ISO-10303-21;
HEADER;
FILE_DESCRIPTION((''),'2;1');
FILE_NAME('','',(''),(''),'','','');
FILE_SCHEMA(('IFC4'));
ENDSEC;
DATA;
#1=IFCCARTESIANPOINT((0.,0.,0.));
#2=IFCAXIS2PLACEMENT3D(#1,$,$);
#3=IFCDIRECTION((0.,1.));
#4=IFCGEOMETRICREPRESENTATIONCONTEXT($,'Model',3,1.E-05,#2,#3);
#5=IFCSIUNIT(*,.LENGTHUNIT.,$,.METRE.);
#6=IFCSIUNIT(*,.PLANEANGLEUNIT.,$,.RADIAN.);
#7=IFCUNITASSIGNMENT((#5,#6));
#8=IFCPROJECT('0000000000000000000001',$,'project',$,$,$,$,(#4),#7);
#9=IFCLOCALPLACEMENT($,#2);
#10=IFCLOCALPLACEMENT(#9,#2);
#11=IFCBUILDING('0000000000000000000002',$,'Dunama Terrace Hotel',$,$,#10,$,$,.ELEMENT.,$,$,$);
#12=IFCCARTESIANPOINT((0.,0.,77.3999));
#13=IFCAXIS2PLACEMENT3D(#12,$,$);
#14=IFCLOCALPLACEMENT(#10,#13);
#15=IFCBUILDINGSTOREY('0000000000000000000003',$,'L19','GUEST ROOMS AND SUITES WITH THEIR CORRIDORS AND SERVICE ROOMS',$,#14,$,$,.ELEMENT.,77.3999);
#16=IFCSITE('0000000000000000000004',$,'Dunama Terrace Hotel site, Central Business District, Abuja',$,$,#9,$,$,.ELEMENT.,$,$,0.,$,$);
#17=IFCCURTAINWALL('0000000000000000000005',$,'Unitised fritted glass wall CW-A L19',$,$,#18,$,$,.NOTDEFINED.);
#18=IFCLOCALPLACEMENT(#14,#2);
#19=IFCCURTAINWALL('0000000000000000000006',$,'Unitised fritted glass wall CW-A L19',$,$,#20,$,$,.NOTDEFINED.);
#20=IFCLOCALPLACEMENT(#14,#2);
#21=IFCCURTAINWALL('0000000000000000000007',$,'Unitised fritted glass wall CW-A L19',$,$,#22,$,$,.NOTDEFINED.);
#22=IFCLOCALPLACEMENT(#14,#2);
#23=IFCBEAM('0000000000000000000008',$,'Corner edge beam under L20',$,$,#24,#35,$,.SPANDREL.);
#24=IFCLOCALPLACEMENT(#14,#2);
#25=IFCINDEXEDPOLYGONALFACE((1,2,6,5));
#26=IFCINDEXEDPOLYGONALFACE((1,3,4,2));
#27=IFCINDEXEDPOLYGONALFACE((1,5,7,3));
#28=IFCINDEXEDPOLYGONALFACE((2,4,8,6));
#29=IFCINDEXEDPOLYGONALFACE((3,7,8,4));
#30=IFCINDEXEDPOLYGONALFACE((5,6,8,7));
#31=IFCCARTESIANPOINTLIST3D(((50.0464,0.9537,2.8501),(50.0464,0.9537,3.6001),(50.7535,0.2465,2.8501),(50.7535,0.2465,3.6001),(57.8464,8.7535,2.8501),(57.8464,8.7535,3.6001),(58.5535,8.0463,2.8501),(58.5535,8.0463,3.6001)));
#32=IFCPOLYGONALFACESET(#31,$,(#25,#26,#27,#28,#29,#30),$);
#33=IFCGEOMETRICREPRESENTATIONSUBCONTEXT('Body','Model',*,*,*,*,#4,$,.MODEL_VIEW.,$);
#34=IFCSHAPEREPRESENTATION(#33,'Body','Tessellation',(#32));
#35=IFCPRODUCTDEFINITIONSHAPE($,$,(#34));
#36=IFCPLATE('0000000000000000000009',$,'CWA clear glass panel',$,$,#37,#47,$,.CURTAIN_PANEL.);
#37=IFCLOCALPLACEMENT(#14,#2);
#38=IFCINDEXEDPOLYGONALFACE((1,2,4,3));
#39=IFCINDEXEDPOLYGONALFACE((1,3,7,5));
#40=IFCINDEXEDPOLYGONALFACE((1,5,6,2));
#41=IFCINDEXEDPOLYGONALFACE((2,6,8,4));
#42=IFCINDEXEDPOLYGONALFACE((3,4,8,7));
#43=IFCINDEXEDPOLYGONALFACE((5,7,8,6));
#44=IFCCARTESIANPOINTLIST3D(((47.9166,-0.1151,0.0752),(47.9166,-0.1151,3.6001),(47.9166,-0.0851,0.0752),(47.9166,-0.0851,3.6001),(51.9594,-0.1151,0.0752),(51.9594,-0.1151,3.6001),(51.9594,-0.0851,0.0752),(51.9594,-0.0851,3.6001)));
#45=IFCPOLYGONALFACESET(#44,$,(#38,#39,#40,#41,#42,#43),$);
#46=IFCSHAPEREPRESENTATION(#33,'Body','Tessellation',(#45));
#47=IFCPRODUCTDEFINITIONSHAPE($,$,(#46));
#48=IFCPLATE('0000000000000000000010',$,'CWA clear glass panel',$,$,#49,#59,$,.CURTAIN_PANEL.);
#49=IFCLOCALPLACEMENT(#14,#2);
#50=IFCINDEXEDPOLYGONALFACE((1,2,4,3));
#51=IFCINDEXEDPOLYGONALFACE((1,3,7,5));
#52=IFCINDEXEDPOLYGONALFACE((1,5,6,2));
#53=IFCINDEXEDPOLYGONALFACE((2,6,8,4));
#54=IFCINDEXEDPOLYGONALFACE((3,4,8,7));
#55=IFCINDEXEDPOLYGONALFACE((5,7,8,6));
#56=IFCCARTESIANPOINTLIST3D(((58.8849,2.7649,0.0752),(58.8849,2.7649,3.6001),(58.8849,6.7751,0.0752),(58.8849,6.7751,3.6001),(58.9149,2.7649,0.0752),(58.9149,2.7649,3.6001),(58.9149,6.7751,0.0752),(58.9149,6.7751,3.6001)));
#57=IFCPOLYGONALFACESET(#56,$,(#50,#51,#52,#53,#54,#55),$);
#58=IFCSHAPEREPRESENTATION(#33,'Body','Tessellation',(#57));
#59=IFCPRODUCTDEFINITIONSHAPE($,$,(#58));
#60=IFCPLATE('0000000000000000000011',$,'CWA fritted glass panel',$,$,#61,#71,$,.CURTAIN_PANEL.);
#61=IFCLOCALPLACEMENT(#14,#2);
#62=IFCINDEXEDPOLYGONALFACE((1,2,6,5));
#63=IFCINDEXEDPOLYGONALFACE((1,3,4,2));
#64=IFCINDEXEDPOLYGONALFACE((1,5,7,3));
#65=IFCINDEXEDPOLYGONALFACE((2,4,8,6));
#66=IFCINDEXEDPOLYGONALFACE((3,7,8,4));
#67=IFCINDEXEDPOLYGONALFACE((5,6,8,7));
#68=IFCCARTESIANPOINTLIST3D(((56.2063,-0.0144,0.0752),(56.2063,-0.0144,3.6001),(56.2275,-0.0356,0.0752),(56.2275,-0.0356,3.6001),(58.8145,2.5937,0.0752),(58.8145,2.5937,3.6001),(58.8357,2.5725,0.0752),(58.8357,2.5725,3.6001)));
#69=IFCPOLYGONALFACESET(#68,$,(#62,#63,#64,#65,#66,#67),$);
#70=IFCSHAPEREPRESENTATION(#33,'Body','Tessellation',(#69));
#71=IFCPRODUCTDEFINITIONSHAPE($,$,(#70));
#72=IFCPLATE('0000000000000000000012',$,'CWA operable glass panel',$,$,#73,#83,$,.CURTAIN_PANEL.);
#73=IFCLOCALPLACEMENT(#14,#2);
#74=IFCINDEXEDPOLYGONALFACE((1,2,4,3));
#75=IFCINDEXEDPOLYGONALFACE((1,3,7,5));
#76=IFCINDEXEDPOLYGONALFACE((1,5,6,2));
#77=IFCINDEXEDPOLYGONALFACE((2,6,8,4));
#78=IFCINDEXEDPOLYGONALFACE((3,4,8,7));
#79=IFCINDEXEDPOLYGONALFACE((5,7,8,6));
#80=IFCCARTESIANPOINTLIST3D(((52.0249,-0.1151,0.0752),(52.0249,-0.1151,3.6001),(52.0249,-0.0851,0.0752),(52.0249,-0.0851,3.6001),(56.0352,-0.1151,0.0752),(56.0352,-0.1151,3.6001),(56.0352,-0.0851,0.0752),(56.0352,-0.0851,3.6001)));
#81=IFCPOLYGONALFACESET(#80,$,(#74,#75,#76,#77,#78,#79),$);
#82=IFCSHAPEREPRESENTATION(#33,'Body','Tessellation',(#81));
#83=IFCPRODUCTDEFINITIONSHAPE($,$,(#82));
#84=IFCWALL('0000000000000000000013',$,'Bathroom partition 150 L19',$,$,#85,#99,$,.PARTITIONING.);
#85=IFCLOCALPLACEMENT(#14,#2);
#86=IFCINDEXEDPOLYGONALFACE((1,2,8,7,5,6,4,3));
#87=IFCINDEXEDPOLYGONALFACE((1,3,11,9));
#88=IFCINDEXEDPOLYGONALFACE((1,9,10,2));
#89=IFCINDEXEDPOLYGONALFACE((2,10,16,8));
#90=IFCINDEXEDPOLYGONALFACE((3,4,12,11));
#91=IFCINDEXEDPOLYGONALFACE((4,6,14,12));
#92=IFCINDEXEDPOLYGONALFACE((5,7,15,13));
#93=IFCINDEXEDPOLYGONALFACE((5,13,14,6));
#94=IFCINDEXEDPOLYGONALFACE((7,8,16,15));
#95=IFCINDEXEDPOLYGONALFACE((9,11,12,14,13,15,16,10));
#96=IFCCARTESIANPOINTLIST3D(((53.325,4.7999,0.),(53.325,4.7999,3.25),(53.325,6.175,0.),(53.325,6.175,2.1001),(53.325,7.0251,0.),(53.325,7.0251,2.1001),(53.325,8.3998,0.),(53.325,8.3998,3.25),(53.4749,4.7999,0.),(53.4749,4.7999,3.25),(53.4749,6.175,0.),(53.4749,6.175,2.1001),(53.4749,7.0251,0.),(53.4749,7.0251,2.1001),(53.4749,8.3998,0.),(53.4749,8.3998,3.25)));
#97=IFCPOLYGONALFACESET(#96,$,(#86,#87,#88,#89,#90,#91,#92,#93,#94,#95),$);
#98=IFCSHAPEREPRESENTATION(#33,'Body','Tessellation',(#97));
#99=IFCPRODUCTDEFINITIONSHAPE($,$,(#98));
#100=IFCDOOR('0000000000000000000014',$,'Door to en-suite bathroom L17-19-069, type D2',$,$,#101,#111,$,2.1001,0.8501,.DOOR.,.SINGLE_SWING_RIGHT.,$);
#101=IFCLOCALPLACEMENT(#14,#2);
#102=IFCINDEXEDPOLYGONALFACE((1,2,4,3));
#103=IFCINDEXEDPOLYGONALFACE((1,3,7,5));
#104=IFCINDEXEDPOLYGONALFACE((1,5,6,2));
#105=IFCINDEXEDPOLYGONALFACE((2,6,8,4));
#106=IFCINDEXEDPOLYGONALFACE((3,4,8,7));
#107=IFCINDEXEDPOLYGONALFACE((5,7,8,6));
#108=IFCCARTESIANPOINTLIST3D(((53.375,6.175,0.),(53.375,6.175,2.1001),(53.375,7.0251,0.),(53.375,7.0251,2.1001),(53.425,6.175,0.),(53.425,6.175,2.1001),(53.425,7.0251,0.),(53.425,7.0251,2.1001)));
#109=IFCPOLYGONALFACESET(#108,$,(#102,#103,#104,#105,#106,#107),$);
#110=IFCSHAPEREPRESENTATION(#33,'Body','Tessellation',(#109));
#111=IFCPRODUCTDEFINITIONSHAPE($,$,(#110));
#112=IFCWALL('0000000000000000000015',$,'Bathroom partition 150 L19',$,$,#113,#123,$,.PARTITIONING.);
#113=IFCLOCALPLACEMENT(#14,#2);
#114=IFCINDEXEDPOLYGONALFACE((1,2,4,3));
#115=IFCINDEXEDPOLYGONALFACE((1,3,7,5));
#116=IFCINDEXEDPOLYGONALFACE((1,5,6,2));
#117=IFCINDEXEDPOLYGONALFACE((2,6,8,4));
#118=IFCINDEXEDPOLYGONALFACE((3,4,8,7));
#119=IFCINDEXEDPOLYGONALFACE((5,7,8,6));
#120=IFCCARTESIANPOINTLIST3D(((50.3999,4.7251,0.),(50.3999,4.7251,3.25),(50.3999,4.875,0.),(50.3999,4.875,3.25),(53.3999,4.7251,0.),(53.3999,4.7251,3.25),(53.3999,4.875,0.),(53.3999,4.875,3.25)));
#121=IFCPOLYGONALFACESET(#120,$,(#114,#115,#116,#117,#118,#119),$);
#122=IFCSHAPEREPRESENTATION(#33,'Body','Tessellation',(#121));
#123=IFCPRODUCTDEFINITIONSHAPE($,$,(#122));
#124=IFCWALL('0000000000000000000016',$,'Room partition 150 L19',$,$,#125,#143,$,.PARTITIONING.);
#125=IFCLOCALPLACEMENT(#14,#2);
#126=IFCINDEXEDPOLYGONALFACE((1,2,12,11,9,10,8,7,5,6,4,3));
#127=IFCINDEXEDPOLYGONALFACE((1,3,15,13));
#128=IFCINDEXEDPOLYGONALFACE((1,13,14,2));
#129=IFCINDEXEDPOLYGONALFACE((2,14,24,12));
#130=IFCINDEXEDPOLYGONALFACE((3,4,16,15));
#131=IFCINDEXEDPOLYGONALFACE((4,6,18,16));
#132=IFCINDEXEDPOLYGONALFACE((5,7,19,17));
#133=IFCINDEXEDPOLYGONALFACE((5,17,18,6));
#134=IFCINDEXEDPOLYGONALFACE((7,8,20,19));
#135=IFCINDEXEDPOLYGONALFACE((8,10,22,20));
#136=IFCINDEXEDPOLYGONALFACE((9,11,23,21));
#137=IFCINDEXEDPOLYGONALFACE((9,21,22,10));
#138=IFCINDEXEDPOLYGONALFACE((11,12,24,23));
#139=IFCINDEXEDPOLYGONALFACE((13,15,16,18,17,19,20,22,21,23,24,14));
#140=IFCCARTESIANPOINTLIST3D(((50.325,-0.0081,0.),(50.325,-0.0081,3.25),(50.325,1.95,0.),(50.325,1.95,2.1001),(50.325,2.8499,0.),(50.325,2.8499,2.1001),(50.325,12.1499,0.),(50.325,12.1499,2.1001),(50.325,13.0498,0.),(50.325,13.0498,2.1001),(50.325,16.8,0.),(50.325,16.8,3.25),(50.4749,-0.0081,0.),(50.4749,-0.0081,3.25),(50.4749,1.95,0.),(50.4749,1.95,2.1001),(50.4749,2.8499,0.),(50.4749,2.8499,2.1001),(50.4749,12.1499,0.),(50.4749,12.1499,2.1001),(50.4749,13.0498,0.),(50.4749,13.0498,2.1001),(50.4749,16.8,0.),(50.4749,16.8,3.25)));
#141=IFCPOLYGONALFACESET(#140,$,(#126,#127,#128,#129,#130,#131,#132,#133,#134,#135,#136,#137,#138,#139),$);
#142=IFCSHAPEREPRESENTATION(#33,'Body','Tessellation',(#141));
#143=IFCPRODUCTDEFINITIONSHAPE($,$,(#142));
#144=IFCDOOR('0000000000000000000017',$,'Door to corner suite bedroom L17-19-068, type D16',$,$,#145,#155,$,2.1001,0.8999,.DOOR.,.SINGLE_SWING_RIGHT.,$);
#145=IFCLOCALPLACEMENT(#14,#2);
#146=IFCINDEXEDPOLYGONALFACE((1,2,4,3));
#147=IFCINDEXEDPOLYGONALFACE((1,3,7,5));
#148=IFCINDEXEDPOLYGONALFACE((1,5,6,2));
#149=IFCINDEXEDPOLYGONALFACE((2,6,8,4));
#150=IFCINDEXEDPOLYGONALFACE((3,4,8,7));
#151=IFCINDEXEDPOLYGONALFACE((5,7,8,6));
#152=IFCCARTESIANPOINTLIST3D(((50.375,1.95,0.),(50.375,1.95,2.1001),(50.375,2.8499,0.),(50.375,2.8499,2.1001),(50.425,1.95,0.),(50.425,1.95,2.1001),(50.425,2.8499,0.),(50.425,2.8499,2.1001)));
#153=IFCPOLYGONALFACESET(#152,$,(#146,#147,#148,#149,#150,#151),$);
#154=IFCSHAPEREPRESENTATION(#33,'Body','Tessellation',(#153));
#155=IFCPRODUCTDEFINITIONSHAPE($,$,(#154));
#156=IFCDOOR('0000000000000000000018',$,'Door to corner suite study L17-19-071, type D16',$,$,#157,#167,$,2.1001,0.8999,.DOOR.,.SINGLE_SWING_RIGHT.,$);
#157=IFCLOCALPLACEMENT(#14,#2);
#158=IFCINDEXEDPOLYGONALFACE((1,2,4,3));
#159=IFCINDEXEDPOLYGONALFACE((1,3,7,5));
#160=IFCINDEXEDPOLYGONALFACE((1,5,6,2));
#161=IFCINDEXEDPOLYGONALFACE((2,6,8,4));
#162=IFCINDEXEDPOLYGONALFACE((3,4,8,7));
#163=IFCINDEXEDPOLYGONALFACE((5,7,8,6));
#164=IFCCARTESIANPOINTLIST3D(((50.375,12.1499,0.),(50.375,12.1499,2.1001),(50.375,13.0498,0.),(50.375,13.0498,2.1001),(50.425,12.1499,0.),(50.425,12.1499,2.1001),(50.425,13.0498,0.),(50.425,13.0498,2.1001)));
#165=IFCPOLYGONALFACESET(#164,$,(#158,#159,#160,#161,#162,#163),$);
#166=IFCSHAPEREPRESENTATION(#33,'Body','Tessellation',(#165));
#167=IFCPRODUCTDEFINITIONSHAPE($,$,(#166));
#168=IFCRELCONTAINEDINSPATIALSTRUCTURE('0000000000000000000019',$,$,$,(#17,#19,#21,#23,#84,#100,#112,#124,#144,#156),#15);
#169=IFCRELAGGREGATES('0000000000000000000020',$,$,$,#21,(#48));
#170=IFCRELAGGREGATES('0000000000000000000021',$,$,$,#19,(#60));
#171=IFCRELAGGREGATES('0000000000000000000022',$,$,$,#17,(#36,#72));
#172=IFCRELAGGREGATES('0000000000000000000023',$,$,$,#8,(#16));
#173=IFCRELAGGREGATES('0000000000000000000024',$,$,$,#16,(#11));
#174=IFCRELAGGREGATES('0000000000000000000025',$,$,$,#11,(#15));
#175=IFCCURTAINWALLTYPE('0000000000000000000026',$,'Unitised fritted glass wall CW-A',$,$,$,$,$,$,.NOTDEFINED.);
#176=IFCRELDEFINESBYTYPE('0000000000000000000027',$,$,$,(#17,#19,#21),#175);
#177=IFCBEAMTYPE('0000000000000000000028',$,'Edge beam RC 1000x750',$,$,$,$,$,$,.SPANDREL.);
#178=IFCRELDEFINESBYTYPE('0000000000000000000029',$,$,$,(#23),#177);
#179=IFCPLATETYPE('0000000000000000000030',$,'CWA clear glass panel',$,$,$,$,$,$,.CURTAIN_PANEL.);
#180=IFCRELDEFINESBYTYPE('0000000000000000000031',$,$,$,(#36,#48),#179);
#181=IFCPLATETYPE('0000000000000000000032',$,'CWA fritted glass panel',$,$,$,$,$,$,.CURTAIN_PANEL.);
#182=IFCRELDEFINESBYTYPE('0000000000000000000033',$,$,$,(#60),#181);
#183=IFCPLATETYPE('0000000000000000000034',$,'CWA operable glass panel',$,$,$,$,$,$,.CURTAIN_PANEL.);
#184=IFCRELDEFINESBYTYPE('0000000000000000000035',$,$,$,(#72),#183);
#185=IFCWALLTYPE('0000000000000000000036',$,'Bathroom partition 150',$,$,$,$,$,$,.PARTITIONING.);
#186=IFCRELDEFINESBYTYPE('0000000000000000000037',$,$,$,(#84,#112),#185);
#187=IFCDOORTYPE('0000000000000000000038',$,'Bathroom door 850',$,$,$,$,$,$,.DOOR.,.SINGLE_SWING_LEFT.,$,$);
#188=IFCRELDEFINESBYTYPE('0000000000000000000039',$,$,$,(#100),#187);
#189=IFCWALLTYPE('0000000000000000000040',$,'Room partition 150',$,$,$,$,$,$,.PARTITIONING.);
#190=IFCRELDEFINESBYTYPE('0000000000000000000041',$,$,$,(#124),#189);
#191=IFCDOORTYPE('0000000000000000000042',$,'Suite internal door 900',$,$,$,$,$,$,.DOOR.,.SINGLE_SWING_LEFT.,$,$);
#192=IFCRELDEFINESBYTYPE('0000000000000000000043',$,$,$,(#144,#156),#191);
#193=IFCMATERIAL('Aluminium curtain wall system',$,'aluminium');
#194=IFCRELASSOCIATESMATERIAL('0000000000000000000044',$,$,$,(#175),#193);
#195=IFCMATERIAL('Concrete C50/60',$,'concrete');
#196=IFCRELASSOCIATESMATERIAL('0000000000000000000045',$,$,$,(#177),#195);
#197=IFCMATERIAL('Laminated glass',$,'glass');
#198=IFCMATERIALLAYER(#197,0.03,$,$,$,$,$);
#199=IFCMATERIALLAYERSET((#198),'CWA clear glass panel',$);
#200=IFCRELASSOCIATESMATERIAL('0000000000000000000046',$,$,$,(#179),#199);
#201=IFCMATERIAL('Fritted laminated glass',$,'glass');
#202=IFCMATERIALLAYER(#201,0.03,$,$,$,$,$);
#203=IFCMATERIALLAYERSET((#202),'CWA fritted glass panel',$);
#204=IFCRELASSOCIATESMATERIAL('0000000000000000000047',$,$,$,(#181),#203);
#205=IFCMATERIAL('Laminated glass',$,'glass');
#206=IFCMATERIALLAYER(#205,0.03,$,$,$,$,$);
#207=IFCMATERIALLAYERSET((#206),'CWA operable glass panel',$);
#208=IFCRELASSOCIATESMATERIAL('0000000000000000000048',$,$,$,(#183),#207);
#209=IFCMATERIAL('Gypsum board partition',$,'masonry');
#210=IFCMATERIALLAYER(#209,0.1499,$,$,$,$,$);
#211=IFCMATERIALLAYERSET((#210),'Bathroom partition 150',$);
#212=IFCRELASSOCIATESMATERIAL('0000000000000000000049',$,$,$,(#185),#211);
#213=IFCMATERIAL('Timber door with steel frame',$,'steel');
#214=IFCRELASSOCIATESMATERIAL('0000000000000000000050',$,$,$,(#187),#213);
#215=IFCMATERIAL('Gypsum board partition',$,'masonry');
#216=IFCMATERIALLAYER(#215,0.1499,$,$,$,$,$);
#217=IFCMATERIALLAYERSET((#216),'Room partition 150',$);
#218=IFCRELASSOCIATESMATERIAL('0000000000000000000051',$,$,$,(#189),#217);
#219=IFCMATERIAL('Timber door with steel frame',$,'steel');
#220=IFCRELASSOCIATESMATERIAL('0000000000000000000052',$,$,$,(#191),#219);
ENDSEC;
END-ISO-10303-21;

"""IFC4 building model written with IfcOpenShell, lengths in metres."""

from ifc_helpers import new_model, si_unit, direction, frame, frame_2d, origin, origin_2d, place, context, subcontext, project, spatial, rectangle, extrude, material, layer, layer_set, material_profile, profile_set, type_object, element, fill, aggregate, save


model = new_model("IFC4")

# Units and contexts
model_context = context("Model", 3, precision=1e-05, world=origin(), true_north=direction((0.0, 1.0)))
body_context = subcontext(model_context, "Body", "Model", "MODEL_VIEW")
ifc_project = project(units=[si_unit("LENGTHUNIT", "METRE"), si_unit("PLANEANGLEUNIT", "RADIAN")], contexts=[model_context])

# Site, building, storey
site_placement = place(None, origin())
site = spatial("IfcSite", under=ifc_project, at=site_placement, Name="Dunama Terrace Hotel site, Central Business District, Abuja", CompositionType="ELEMENT", RefElevation=0.0)
building_placement = place(site_placement, origin())
building = spatial("IfcBuilding", under=site, at=building_placement, Name="Dunama Terrace Hotel", CompositionType="ELEMENT")
storey_placement = place(building_placement, frame((0.0, 0.0, 77.3999)))
storey = spatial("IfcBuildingStorey", under=building, at=storey_placement, Name="L19", Description="GUEST ROOMS AND SUITES WITH THEIR CORRIDORS AND SERVICE ROOMS", CompositionType="ELEMENT", Elevation=77.3999)

# Curtain walls
ifc_material_1 = material(Name="Aluminium curtain wall system", Category="aluminium")
curtain_wall_type = type_object("IfcCurtainWallType", Name="Unitised fritted glass wall CW-A", PredefinedType="NOTDEFINED", material=ifc_material_1)
curtain_wall_1_placement = place(storey_placement, origin())
curtain_wall_1 = element("IfcCurtainWall", 1, at=curtain_wall_1_placement, inside=storey, type_object=curtain_wall_type, Name="Unitised fritted glass wall CW-A L19", PredefinedType="NOTDEFINED")
curtain_wall_2_placement = place(storey_placement, origin())
curtain_wall_2 = element("IfcCurtainWall", 2, at=curtain_wall_2_placement, inside=storey, type_object=curtain_wall_type, Name="Unitised fritted glass wall CW-A L19", PredefinedType="NOTDEFINED")
curtain_wall_3_placement = place(storey_placement, origin())
curtain_wall_3 = element("IfcCurtainWall", 3, at=curtain_wall_3_placement, inside=storey, type_object=curtain_wall_type, Name="Unitised fritted glass wall CW-A L19", PredefinedType="NOTDEFINED")

# Beam
ifc_material_2 = material(Name="Concrete C50/60", Category="concrete")
ifc_material_profile_1 = material_profile(ifc_material_2, rectangle(XDim=1.0, YDim=0.75, at=origin_2d()), Name="RC 1000x750")
ifc_profile_set_1 = profile_set([ifc_material_profile_1], Name="Concrete C50/60")
beam_type = type_object("IfcBeamType", Name="Edge beam RC 1000x750", PredefinedType="SPANDREL", material=ifc_profile_set_1)
beam_placement = place(storey_placement, frame((50.3999, 0.6001, 3.2251), z_axis=(0.707118, 0.707096, 0.0), x_axis=(-0.707096, 0.707118, 0.0)))
element("IfcBeam", 4, at=beam_placement, inside=storey, type_object=beam_type, Name="Corner edge beam under L20", PredefinedType="SPANDREL", context=body_context, shape_type="SweptSolid", body=[
    extrude(rectangle(XDim=1.0, YDim=0.75, at=origin_2d()), origin(), (0.0, 0.0, 1.0), 11.0308),
])

# Plates
ifc_material_3 = material(Name="Laminated glass", Category="glass")
ifc_layer_1 = layer(ifc_material_3, 0.03)
ifc_layer_set_1 = layer_set([ifc_layer_1], Name="CWA clear glass panel")
plate_type_1 = type_object("IfcPlateType", Name="CWA clear glass panel", PredefinedType="CURTAIN_PANEL", material=ifc_layer_set_1)
plate_1_placement = place(storey_placement, frame((49.938, -0.1001, 0.0752), z_axis=(0.0, 0.0, 1.0), x_axis=(1.0, 0.0, 0.0)))
plate_1 = element("IfcPlate", 5, at=plate_1_placement, type_object=plate_type_1, Name="CWA clear glass panel", PredefinedType="CURTAIN_PANEL", context=body_context, shape_type="SweptSolid", body=[
    extrude(rectangle(XDim=4.0427, YDim=0.03, at=origin_2d()), origin(), (0.0, 0.0, 1.0), 3.5249),
])
plate_2_placement = place(storey_placement, frame((58.8999, 4.77, 0.0752), z_axis=(0.0, 0.0, 1.0), x_axis=(0.0, 1.0, 0.0)))
plate_2 = element("IfcPlate", 6, at=plate_2_placement, type_object=plate_type_1, Name="CWA clear glass panel", PredefinedType="CURTAIN_PANEL", context=body_context, shape_type="SweptSolid", body=[
    extrude(rectangle(XDim=4.0103, YDim=0.03, at=origin_2d()), origin(), (0.0, 0.0, 1.0), 3.5249),
])
aggregate(curtain_wall_3, [plate_2])
ifc_material_4 = material(Name="Fritted laminated glass", Category="glass")
ifc_layer_2 = layer(ifc_material_4, 0.03)
ifc_layer_set_2 = layer_set([ifc_layer_2], Name="CWA fritted glass panel")
plate_type_2 = type_object("IfcPlateType", Name="CWA fritted glass panel", PredefinedType="CURTAIN_PANEL", material=ifc_layer_set_2)
plate_3_placement = place(storey_placement, frame((57.521, 1.2791, 0.0752), z_axis=(0.0, 0.0, 1.0), x_axis=(0.707107, 0.707107, 0.0)))
plate_3 = element("IfcPlate", 7, at=plate_3_placement, type_object=plate_type_2, Name="CWA fritted glass panel", PredefinedType="CURTAIN_PANEL", context=body_context, shape_type="SweptSolid", body=[
    extrude(rectangle(XDim=3.6885, YDim=0.03, at=origin_2d()), origin(), (0.0, 0.0, 1.0), 3.5249),
])
aggregate(curtain_wall_2, [plate_3])
ifc_material_5 = material(Name="Laminated glass", Category="glass")
ifc_layer_3 = layer(ifc_material_5, 0.03)
ifc_layer_set_3 = layer_set([ifc_layer_3], Name="CWA operable glass panel")
plate_type_3 = type_object("IfcPlateType", Name="CWA operable glass panel", PredefinedType="CURTAIN_PANEL", material=ifc_layer_set_3)
plate_4_placement = place(storey_placement, frame((54.03, -0.1001, 0.0752), z_axis=(0.0, 0.0, 1.0), x_axis=(1.0, 0.0, 0.0)))
plate_4 = element("IfcPlate", 8, at=plate_4_placement, type_object=plate_type_3, Name="CWA operable glass panel", PredefinedType="CURTAIN_PANEL", context=body_context, shape_type="SweptSolid", body=[
    extrude(rectangle(XDim=4.0103, YDim=0.03, at=origin_2d()), origin(), (0.0, 0.0, 1.0), 3.5249),
])
aggregate(curtain_wall_1, [plate_1, plate_4])

# Wall, opening, door
ifc_material_6 = material(Name="Gypsum board partition", Category="masonry")
ifc_layer_4 = layer(ifc_material_6, 0.1499)
ifc_layer_set_4 = layer_set([ifc_layer_4], Name="Bathroom partition 150")
wall_type_1 = type_object("IfcWallType", Name="Bathroom partition 150", PredefinedType="PARTITIONING", material=ifc_layer_set_4)
wall_1_placement = place(storey_placement, frame((53.3999, 4.8, 0.0), z_axis=(0.0, 0.0, 1.0), x_axis=(0.0, 1.0, 0.0)))
wall_1 = element("IfcWall", 9, at=wall_1_placement, inside=storey, type_object=wall_type_1, Name="Bathroom partition 150 L19", PredefinedType="PARTITIONING", context=body_context, shape_type="SweptSolid", body=[
    extrude(rectangle(XDim=3.5999, YDim=0.1499, at=frame_2d((1.7998, 0.0))), origin(), (0.0, 0.0, 1.0), 3.25),
])
opening_1_placement = place(wall_1_placement, frame((1.375, 0.0, 0.0)))
opening_1 = element("IfcOpeningElement", 10, at=opening_1_placement, cuts=wall_1, PredefinedType="OPENING", context=body_context, shape_type="SweptSolid", body=[
    extrude(rectangle(XDim=0.8501, YDim=2.1001, at=frame_2d((0.425, 1.05))), frame((0.0, 0.085, 0.0), z_axis=(0.0, -1.0, 0.0), x_axis=(1.0, 0.0, 0.0)), (0.0, 0.0, 1.0), 0.1699),
])
ifc_material_7 = material(Name="Timber door with steel frame", Category="steel")
door_type_1 = type_object("IfcDoorType", Name="Bathroom door 850", OperationType="SINGLE_SWING_LEFT", PredefinedType="DOOR", material=ifc_material_7)
door_1_placement = place(opening_1_placement, origin())
door_1 = element("IfcDoor", 11, at=door_1_placement, inside=storey, type_object=door_type_1, Name="Door to en-suite bathroom L17-19-069, type D2", OperationType="SINGLE_SWING_RIGHT", OverallHeight=2.1001, OverallWidth=0.8501, PredefinedType="DOOR", context=body_context, shape_type="SweptSolid", body=[
    extrude(rectangle(XDim=0.8501, YDim=2.1001, at=frame_2d((0.425, 1.05))), frame((0.0, 0.0249, 0.0), z_axis=(0.0, -1.0, 0.0), x_axis=(1.0, 0.0, 0.0)), (0.0, 0.0, 1.0), 0.05),
])
fill(opening_1, door_1)

# Wall
wall_2_placement = place(storey_placement, frame((50.3999, 4.8, 0.0), z_axis=(0.0, 0.0, 1.0), x_axis=(1.0, 0.0, 0.0)))
element("IfcWall", 12, at=wall_2_placement, inside=storey, type_object=wall_type_1, Name="Bathroom partition 150 L19", PredefinedType="PARTITIONING", context=body_context, shape_type="SweptSolid", body=[
    extrude(rectangle(XDim=3.0, YDim=0.1499, at=frame_2d((1.5, 0.0))), origin(), (0.0, 0.0, 1.0), 3.25),
])

# Wall, openings, doors
ifc_material_8 = material(Name="Gypsum board partition", Category="masonry")
ifc_layer_5 = layer(ifc_material_8, 0.1499)
ifc_layer_set_5 = layer_set([ifc_layer_5], Name="Room partition 150")
wall_type_2 = type_object("IfcWallType", Name="Room partition 150", PredefinedType="PARTITIONING", material=ifc_layer_set_5)
wall_3_placement = place(storey_placement, frame((50.3999, -0.0081, 0.0), z_axis=(0.0, 0.0, 1.0), x_axis=(0.0, 1.0, 0.0)))
wall_3 = element("IfcWall", 13, at=wall_3_placement, inside=storey, type_object=wall_type_2, Name="Room partition 150 L19", PredefinedType="PARTITIONING", context=body_context, shape_type="SweptSolid", body=[
    extrude(rectangle(XDim=16.8081, YDim=0.1499, at=frame_2d((8.4041, 0.0))), origin(), (0.0, 0.0, 1.0), 3.25),
])
opening_2_placement = place(wall_3_placement, frame((1.958, 0.0, 0.0)))
opening_2 = element("IfcOpeningElement", 14, at=opening_2_placement, cuts=wall_3, PredefinedType="OPENING", context=body_context, shape_type="SweptSolid", body=[
    extrude(rectangle(XDim=0.8999, YDim=2.1001, at=frame_2d((0.45, 1.05))), frame((0.0, 0.085, 0.0), z_axis=(0.0, -1.0, 0.0), x_axis=(1.0, 0.0, 0.0)), (0.0, 0.0, 1.0), 0.1699),
])
opening_3_placement = place(wall_3_placement, frame((12.158, 0.0, 0.0)))
opening_3 = element("IfcOpeningElement", 15, at=opening_3_placement, cuts=wall_3, PredefinedType="OPENING", context=body_context, shape_type="SweptSolid", body=[
    extrude(rectangle(XDim=0.8999, YDim=2.1001, at=frame_2d((0.45, 1.05))), frame((0.0, 0.085, 0.0), z_axis=(0.0, -1.0, 0.0), x_axis=(1.0, 0.0, 0.0)), (0.0, 0.0, 1.0), 0.1699),
])
ifc_material_9 = material(Name="Timber door with steel frame", Category="steel")
door_type_2 = type_object("IfcDoorType", Name="Suite internal door 900", OperationType="SINGLE_SWING_LEFT", PredefinedType="DOOR", material=ifc_material_9)
door_2_placement = place(opening_2_placement, frame((0.8999, 0.0, 0.0), z_axis=(0.0, 0.0, 1.0), x_axis=(-1.0, 0.0, 0.0)))
door_2 = element("IfcDoor", 16, at=door_2_placement, inside=storey, type_object=door_type_2, Name="Door to corner suite bedroom L17-19-068, type D16", OperationType="SINGLE_SWING_RIGHT", OverallHeight=2.1001, OverallWidth=0.8999, PredefinedType="DOOR", context=body_context, shape_type="SweptSolid", body=[
    extrude(rectangle(XDim=0.8999, YDim=2.1001, at=frame_2d((0.45, 1.05))), frame((0.0, 0.0251, 0.0), z_axis=(0.0, -1.0, 0.0), x_axis=(1.0, 0.0, 0.0)), (0.0, 0.0, 1.0), 0.05),
])
fill(opening_2, door_2)
door_3_placement = place(opening_3_placement, frame((0.8999, 0.0, 0.0), z_axis=(0.0, 0.0, 1.0), x_axis=(-1.0, 0.0, 0.0)))
door_3 = element("IfcDoor", 17, at=door_3_placement, inside=storey, type_object=door_type_2, Name="Door to corner suite study L17-19-071, type D16", OperationType="SINGLE_SWING_RIGHT", OverallHeight=2.1001, OverallWidth=0.8999, PredefinedType="DOOR", context=body_context, shape_type="SweptSolid", body=[
    extrude(rectangle(XDim=0.8999, YDim=2.1001, at=frame_2d((0.45, 1.05))), frame((0.0, 0.0251, 0.0), z_axis=(0.0, -1.0, 0.0), x_axis=(1.0, 0.0, 0.0)), (0.0, 0.0, 1.0), 0.05),
])
fill(opening_3, door_3)

save(model, "model.ifc")
